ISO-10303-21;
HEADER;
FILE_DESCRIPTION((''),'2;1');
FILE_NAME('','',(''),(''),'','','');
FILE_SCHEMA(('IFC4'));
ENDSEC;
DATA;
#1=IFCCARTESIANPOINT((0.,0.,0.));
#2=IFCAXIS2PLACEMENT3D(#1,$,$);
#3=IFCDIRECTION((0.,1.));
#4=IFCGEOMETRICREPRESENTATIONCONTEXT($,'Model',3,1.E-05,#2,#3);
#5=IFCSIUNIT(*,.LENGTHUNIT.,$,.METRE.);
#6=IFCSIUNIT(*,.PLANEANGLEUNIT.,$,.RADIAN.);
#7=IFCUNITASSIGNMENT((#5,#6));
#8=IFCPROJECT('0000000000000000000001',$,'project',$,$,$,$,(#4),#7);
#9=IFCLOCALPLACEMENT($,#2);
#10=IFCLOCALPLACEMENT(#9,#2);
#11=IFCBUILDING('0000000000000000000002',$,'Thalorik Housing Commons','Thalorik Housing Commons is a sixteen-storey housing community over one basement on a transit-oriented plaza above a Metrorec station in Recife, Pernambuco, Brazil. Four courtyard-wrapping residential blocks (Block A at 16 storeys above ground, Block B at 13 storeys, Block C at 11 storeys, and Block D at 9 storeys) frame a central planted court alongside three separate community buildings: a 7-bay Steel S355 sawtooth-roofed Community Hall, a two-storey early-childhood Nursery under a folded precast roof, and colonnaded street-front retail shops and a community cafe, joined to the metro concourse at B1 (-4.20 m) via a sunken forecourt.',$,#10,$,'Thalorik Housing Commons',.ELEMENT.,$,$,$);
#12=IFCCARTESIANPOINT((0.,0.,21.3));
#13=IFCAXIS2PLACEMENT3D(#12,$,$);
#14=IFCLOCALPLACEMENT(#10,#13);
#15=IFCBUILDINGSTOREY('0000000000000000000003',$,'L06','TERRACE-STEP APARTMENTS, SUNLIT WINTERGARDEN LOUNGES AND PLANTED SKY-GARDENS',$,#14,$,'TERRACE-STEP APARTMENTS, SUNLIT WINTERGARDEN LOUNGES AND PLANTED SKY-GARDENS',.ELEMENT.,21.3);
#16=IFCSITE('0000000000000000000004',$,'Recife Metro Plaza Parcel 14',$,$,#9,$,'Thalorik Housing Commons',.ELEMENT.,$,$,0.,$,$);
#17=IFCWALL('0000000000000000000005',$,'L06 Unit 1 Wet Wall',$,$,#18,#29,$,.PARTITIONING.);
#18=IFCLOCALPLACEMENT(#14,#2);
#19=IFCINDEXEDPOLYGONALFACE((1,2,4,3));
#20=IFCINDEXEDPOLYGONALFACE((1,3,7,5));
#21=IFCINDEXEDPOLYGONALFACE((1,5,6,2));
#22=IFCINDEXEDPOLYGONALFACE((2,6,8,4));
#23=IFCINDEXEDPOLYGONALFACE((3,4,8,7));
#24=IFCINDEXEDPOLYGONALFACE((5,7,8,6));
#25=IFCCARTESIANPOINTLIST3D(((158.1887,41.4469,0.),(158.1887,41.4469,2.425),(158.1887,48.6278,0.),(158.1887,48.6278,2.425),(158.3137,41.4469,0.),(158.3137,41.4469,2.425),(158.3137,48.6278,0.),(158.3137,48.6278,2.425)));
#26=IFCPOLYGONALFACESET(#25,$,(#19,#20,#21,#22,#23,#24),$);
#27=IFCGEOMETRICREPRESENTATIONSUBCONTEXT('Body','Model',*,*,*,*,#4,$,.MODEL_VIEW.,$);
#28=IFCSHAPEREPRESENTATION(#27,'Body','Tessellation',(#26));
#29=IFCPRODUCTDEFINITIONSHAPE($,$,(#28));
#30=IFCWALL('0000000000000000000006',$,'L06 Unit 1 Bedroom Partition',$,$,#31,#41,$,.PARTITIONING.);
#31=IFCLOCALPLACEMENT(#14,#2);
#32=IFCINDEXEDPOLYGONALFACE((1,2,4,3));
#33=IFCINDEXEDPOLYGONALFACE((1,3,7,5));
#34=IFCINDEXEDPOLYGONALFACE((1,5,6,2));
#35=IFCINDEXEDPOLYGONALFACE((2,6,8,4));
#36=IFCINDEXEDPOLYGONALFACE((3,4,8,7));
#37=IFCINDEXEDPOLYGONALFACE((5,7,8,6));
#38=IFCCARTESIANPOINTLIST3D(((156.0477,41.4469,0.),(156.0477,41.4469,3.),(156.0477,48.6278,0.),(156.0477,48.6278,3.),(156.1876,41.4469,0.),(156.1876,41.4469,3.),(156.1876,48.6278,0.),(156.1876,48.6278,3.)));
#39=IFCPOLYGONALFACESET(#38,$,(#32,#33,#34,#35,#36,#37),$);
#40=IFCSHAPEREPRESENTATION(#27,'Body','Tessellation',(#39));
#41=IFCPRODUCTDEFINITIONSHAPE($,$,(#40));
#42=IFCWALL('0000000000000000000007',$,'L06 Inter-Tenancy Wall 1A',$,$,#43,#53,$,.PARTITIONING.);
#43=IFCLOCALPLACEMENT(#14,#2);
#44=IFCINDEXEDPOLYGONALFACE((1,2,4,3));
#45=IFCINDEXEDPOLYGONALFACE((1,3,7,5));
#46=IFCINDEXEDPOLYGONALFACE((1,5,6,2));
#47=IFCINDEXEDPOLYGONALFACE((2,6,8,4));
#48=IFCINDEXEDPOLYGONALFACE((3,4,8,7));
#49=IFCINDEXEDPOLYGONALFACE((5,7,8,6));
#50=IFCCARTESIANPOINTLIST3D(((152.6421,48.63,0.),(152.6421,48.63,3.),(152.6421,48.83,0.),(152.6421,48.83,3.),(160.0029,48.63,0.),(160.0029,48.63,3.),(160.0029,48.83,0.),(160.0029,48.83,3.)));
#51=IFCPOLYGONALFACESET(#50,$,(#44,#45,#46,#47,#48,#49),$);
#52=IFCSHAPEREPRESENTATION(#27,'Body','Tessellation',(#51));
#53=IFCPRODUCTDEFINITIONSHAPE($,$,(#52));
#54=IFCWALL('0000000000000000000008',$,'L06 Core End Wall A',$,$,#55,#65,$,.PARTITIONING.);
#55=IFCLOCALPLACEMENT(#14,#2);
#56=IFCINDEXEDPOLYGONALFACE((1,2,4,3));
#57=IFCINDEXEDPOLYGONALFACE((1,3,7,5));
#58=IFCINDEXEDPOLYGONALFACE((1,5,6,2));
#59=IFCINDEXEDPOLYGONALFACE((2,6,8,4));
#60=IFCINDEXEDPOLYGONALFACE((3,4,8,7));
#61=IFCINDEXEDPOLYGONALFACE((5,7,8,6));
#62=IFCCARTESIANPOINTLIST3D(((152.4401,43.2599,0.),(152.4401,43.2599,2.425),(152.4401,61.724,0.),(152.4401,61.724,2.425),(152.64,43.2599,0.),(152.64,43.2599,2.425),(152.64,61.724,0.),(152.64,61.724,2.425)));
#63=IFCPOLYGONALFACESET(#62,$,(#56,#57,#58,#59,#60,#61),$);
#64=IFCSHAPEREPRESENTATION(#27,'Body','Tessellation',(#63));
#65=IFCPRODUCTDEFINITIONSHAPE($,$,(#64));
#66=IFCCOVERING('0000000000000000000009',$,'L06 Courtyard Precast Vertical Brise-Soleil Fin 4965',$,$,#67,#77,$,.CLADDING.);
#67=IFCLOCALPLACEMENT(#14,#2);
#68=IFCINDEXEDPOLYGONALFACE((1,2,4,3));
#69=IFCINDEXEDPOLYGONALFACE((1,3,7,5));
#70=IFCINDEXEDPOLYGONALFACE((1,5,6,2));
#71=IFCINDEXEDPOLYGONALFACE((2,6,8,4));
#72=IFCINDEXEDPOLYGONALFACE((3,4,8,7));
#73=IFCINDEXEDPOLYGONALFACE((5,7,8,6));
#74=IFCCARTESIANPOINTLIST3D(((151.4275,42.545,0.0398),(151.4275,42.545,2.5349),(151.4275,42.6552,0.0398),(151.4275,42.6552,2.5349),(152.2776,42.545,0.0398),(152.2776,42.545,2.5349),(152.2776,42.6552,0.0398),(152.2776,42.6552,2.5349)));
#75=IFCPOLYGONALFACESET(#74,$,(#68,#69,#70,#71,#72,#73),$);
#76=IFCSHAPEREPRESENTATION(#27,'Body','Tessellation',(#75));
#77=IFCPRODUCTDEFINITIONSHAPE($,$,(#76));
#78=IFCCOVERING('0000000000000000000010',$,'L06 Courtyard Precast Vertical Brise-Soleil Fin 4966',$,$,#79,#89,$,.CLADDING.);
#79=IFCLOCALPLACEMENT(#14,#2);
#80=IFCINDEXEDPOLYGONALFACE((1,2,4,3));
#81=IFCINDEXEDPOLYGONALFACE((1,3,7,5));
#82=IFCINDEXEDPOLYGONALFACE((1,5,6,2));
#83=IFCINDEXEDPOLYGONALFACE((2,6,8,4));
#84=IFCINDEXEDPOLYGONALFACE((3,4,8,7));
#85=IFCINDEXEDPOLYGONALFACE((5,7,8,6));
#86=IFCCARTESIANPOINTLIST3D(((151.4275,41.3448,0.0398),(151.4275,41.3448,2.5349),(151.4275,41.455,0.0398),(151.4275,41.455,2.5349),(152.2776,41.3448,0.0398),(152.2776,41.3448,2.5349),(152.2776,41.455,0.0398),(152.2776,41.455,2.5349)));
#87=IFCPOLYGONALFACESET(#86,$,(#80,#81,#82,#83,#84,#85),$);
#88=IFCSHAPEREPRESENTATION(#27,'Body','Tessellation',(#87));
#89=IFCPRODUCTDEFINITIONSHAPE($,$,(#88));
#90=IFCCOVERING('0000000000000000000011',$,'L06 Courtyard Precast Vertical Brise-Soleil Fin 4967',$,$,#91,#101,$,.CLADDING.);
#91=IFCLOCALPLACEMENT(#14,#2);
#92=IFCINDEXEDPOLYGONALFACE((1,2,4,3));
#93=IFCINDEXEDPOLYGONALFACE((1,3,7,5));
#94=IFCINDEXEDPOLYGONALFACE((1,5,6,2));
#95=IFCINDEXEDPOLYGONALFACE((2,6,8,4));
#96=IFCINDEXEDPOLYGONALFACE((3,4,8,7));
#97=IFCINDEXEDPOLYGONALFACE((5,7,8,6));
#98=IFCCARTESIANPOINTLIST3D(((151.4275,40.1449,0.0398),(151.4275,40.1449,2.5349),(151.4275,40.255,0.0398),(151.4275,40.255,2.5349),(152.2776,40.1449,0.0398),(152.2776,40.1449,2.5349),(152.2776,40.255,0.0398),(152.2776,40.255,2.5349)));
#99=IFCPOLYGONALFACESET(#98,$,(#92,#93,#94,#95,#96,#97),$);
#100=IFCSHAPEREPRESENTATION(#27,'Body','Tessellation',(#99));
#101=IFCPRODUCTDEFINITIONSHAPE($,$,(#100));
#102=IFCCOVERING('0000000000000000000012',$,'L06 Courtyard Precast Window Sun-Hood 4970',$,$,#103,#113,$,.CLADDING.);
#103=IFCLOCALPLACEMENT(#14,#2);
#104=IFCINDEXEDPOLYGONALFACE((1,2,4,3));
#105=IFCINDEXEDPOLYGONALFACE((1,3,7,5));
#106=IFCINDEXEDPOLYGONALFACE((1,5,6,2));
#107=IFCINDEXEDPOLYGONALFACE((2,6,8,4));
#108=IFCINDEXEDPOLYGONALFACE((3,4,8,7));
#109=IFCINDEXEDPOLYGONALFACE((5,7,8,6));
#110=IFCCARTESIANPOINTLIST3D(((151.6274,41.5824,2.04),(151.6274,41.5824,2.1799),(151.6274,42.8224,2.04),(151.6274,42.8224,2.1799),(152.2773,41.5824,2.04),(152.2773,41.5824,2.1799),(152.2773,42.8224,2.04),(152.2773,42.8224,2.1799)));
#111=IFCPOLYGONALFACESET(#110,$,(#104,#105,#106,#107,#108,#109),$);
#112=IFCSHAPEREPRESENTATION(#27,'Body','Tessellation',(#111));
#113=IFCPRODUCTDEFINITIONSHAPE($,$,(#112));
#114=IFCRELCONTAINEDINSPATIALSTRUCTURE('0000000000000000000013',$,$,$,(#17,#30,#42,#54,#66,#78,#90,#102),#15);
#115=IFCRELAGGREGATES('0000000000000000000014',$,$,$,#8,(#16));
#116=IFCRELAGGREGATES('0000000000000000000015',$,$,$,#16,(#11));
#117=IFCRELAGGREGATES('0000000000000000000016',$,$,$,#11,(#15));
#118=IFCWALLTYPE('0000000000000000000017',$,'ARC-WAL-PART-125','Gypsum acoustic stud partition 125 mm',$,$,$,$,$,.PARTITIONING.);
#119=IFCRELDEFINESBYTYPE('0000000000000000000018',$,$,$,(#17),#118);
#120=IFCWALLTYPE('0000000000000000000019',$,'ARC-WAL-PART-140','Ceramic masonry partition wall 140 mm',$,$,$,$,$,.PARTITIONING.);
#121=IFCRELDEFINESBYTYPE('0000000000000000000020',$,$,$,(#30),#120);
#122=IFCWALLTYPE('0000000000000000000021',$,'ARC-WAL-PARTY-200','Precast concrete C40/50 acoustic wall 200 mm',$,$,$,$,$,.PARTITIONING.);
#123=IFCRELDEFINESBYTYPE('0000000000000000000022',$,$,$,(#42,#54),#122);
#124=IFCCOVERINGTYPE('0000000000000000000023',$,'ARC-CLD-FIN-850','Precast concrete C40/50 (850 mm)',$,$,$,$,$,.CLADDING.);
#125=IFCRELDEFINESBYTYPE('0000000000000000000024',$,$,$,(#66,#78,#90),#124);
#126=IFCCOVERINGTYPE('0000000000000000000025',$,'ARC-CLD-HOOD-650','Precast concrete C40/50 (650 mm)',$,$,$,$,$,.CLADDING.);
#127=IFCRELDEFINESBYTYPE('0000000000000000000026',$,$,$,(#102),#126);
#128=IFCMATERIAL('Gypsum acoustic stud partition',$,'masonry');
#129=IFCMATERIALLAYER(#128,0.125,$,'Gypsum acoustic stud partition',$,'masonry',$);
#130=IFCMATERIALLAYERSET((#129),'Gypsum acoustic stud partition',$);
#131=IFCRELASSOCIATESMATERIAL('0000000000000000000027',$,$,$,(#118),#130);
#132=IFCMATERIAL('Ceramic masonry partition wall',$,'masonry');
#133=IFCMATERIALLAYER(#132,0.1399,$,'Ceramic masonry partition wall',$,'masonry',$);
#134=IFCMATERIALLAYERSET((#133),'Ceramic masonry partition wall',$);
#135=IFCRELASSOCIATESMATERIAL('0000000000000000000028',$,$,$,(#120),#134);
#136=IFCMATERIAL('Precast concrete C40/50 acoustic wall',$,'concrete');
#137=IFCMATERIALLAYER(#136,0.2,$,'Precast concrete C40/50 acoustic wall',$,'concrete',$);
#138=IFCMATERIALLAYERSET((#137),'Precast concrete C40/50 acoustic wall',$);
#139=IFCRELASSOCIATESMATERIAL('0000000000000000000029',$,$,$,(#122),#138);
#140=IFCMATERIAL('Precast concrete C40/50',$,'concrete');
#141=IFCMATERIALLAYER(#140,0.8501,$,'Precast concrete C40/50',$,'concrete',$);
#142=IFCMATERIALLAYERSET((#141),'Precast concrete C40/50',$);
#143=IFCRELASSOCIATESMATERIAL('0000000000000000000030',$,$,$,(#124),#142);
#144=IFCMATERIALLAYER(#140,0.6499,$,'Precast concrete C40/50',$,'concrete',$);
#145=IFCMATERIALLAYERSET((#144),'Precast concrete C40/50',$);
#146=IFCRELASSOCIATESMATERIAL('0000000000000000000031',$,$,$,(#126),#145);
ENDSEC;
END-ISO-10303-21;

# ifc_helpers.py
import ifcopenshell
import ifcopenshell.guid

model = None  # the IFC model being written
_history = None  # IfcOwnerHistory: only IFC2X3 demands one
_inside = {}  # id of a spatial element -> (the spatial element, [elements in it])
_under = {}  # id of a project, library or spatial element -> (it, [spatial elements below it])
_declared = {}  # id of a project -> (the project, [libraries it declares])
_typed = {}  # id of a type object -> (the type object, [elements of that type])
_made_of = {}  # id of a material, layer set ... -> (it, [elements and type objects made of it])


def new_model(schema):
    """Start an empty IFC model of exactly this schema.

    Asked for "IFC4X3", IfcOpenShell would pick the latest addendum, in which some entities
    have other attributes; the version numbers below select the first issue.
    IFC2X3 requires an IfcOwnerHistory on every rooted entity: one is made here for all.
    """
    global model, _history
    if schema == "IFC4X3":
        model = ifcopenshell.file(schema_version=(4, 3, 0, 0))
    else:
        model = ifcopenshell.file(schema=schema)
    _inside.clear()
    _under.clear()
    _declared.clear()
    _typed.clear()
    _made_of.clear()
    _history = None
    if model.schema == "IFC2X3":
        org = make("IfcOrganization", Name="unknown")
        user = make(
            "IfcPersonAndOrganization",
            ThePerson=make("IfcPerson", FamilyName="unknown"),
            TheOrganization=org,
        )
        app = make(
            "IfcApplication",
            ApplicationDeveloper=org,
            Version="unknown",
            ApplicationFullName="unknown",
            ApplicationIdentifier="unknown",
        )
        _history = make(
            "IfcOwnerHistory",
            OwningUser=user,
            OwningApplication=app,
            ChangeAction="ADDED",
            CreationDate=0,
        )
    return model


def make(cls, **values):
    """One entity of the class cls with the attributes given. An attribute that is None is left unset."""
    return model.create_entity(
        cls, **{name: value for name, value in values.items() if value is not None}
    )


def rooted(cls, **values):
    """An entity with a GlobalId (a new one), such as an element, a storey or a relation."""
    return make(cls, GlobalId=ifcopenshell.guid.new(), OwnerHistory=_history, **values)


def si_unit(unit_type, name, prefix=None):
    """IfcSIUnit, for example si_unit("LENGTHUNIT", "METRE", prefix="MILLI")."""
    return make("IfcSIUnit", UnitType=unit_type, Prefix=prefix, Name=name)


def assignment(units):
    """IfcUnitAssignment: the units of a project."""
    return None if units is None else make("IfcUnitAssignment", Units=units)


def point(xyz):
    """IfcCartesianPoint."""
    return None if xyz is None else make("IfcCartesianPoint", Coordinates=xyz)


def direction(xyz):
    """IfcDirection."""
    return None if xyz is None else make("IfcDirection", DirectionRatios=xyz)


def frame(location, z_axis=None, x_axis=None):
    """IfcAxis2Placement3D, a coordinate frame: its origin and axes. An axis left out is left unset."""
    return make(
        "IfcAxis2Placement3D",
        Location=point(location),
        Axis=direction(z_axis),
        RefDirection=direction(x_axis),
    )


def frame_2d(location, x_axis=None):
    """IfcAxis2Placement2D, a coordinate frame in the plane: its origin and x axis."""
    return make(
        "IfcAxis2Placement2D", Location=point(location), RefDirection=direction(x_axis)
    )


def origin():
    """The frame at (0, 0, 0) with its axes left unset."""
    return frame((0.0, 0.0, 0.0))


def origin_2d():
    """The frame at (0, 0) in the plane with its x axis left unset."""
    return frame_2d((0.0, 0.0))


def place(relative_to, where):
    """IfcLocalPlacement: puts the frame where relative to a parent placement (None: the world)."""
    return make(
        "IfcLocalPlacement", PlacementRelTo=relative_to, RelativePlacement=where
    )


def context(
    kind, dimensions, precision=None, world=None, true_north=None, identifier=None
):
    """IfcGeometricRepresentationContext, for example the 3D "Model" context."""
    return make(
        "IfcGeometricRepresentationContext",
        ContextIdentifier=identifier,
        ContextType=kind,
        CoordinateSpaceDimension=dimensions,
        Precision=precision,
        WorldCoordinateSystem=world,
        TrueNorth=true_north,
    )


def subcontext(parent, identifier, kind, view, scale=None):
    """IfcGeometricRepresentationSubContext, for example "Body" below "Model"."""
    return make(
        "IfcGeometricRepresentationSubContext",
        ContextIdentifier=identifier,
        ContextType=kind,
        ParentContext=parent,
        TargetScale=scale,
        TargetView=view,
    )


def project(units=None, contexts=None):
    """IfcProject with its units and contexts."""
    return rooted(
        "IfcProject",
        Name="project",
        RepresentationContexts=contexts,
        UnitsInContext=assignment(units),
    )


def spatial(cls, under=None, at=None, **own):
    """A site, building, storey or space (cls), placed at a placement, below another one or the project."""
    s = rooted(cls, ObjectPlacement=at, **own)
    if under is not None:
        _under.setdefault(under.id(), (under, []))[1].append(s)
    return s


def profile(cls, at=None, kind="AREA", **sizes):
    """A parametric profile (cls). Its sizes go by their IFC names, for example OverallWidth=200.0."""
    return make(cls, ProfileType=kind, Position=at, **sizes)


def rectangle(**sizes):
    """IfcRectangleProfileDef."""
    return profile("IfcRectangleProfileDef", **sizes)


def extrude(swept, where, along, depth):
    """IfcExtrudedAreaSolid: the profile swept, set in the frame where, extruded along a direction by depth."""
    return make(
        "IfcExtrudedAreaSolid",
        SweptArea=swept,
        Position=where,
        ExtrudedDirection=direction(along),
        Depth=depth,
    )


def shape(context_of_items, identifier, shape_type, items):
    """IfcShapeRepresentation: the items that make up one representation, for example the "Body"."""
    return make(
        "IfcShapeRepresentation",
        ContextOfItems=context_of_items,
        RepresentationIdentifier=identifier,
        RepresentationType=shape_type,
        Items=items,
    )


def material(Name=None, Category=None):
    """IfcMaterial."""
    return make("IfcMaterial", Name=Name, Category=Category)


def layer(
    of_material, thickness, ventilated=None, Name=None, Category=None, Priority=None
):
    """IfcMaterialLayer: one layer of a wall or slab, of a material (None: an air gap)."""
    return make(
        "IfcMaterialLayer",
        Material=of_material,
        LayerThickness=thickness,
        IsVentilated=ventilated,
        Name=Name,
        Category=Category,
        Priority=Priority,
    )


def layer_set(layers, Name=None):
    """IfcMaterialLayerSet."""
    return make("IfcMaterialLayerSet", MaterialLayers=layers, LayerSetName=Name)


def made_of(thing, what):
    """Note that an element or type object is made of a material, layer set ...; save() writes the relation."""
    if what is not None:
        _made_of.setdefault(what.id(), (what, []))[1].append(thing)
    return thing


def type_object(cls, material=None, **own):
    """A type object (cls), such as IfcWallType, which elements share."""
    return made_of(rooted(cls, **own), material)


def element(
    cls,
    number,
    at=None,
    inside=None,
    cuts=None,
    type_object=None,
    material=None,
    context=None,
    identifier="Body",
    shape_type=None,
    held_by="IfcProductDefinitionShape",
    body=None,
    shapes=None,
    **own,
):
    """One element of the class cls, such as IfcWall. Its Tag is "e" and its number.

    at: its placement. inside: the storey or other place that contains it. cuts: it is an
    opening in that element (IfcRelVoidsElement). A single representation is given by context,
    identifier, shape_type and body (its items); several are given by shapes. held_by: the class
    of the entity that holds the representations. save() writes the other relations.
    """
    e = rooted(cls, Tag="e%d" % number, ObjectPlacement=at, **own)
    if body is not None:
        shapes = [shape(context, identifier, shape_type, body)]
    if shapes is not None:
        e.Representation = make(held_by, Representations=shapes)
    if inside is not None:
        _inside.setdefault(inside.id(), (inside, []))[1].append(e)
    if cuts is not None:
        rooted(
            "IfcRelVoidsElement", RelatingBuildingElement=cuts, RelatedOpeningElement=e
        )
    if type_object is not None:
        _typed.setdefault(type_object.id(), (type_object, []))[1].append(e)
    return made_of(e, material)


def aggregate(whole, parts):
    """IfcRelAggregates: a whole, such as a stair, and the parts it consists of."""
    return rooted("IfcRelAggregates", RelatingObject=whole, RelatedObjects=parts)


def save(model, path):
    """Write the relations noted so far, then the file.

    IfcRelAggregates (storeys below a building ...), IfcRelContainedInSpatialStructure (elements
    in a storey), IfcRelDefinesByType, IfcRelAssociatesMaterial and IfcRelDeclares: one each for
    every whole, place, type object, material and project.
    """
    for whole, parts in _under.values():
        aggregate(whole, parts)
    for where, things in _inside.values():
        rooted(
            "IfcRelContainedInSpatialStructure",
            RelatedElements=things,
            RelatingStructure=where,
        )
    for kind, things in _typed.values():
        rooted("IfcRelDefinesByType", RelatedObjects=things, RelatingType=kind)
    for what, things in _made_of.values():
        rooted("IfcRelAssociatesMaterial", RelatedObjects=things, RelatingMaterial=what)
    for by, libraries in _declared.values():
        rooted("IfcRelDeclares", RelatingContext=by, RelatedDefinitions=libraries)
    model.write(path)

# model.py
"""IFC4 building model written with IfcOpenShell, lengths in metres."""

from ifc_helpers import new_model, si_unit, direction, frame, frame_2d, origin, origin_2d, place, context, subcontext, project, spatial, rectangle, extrude, material, layer, layer_set, type_object, element, save


model = new_model("IFC4")

# Units and contexts
model_context = context("Model", 3, precision=1e-05, world=origin(), true_north=direction((0.0, 1.0)))
body_context = subcontext(model_context, "Body", "Model", "MODEL_VIEW")
ifc_project = project(units=[si_unit("LENGTHUNIT", "METRE"), si_unit("PLANEANGLEUNIT", "RADIAN")], contexts=[model_context])

# Site, building, storey
site_placement = place(None, origin())
site = spatial("IfcSite", under=ifc_project, at=site_placement, Name="Recife Metro Plaza Parcel 14", LongName="Thalorik Housing Commons", CompositionType="ELEMENT", RefElevation=0.0)
building_placement = place(site_placement, origin())
building = spatial("IfcBuilding", under=site, at=building_placement, Name="Thalorik Housing Commons", Description="Thalorik Housing Commons is a sixteen-storey housing community over one basement on a transit-oriented plaza above a Metrorec station in Recife, Pernambuco, Brazil. Four courtyard-wrapping residential blocks (Block A at 16 storeys above ground, Block B at 13 storeys, Block C at 11 storeys, and Block D at 9 storeys) frame a central planted court alongside three separate community buildings: a 7-bay Steel S355 sawtooth-roofed Community Hall, a two-storey early-childhood Nursery under a folded precast roof, and colonnaded street-front retail shops and a community cafe, joined to the metro concourse at B1 (-4.20 m) via a sunken forecourt.", LongName="Thalorik Housing Commons", CompositionType="ELEMENT")
storey_placement = place(building_placement, frame((0.0, 0.0, 21.3)))
storey = spatial("IfcBuildingStorey", under=building, at=storey_placement, Name="L06", Description="TERRACE-STEP APARTMENTS, SUNLIT WINTERGARDEN LOUNGES AND PLANTED SKY-GARDENS", LongName="TERRACE-STEP APARTMENTS, SUNLIT WINTERGARDEN LOUNGES AND PLANTED SKY-GARDENS", CompositionType="ELEMENT", Elevation=21.3)

# Shared definitions
ifc_material_1 = material(Name="Precast concrete C40/50", Category="concrete")

# Walls
ifc_material_2 = material(Name="Gypsum acoustic stud partition", Category="masonry")
ifc_layer_1 = layer(ifc_material_2, 0.125, Name="Gypsum acoustic stud partition", Category="masonry")
ifc_layer_set_1 = layer_set([ifc_layer_1], Name="Gypsum acoustic stud partition")
wall_type_1 = type_object("IfcWallType", Name="ARC-WAL-PART-125", Description="Gypsum acoustic stud partition 125 mm", PredefinedType="PARTITIONING", material=ifc_layer_set_1)
wall_1_placement = place(storey_placement, frame((158.2512, 41.447, 0.0), z_axis=(0.0, 0.0, 1.0), x_axis=(0.0, 1.0, 0.0)))
element("IfcWall", 1, at=wall_1_placement, inside=storey, type_object=wall_type_1, Name="L06 Unit 1 Wet Wall", PredefinedType="PARTITIONING", context=body_context, shape_type="SweptSolid", body=[
    extrude(rectangle(XDim=7.1809, YDim=0.125, at=frame_2d((3.5903, 0.0))), origin(), (0.0, 0.0, 1.0), 2.425),
])
ifc_material_3 = material(Name="Ceramic masonry partition wall", Category="masonry")
ifc_layer_2 = layer(ifc_material_3, 0.1399, Name="Ceramic masonry partition wall", Category="masonry")
ifc_layer_set_2 = layer_set([ifc_layer_2], Name="Ceramic masonry partition wall")
wall_type_2 = type_object("IfcWallType", Name="ARC-WAL-PART-140", Description="Ceramic masonry partition wall 140 mm", PredefinedType="PARTITIONING", material=ifc_layer_set_2)
wall_2_placement = place(storey_placement, frame((156.1177, 41.447, 0.0), z_axis=(0.0, 0.0, 1.0), x_axis=(0.0, 1.0, 0.0)))
element("IfcWall", 2, at=wall_2_placement, inside=storey, type_object=wall_type_2, Name="L06 Unit 1 Bedroom Partition", PredefinedType="PARTITIONING", context=body_context, shape_type="SweptSolid", body=[
    extrude(rectangle(XDim=7.1809, YDim=0.1399, at=frame_2d((3.5903, 0.0))), origin(), (0.0, 0.0, 1.0), 3.0),
])
ifc_material_4 = material(Name="Precast concrete C40/50 acoustic wall", Category="concrete")
ifc_layer_3 = layer(ifc_material_4, 0.2, Name="Precast concrete C40/50 acoustic wall", Category="concrete")
ifc_layer_set_3 = layer_set([ifc_layer_3], Name="Precast concrete C40/50 acoustic wall")
wall_type_3 = type_object("IfcWallType", Name="ARC-WAL-PARTY-200", Description="Precast concrete C40/50 acoustic wall 200 mm", PredefinedType="PARTITIONING", material=ifc_layer_set_3)
wall_3_placement = place(storey_placement, frame((152.6421, 48.73, 0.0), z_axis=(0.0, 0.0, 1.0), x_axis=(1.0, 0.0, 0.0)))
element("IfcWall", 3, at=wall_3_placement, inside=storey, type_object=wall_type_3, Name="L06 Inter-Tenancy Wall 1A", PredefinedType="PARTITIONING", context=body_context, shape_type="SweptSolid", body=[
    extrude(rectangle(XDim=7.3608, YDim=0.2, at=frame_2d((3.6804, 0.0))), origin(), (0.0, 0.0, 1.0), 3.0),
])
wall_4_placement = place(storey_placement, frame((152.54, 43.26, 0.0), z_axis=(0.0, 0.0, 1.0), x_axis=(0.0, 1.0, 0.0)))
element("IfcWall", 4, at=wall_4_placement, inside=storey, type_object=wall_type_3, Name="L06 Core End Wall A", PredefinedType="PARTITIONING", context=body_context, shape_type="SweptSolid", body=[
    extrude(rectangle(XDim=18.4641, YDim=0.2, at=frame_2d((9.2319, 0.0))), origin(), (0.0, 0.0, 1.0), 2.425),
])

# Coverings
ifc_layer_4 = layer(ifc_material_1, 0.8501, Name="Precast concrete C40/50", Category="concrete")
ifc_layer_set_4 = layer_set([ifc_layer_4], Name="Precast concrete C40/50")
covering_type_1 = type_object("IfcCoveringType", Name="ARC-CLD-FIN-850", Description="Precast concrete C40/50 (850 mm)", PredefinedType="CLADDING", material=ifc_layer_set_4)
for number, where, z_axis, x_axis, name in (
    (5, (151.8525, 42.6001, 0.0398), (0.0, 0.0, 1.0), (0.0, -1.0, 0.0), "L06 Courtyard Precast Vertical Brise-Soleil Fin 4965"),
    (6, (151.8525, 41.3999, 0.0398), (0.0, 0.0, 1.0), (0.0, -1.0, 0.0), "L06 Courtyard Precast Vertical Brise-Soleil Fin 4966"),
    (7, (151.8525, 40.2, 0.0398), (0.0, 0.0, 1.0), (0.0, -1.0, 0.0), "L06 Courtyard Precast Vertical Brise-Soleil Fin 4967"),
):
    element("IfcCovering", number, at=place(storey_placement, frame(where, z_axis=z_axis, x_axis=x_axis)), inside=storey, type_object=covering_type_1, Name=name, PredefinedType="CLADDING", context=body_context, shape_type="SweptSolid", body=[
        extrude(rectangle(XDim=0.1101, YDim=0.8501, at=origin_2d()), origin(), (0.0, 0.0, 1.0), 2.4951),
    ])
ifc_layer_5 = layer(ifc_material_1, 0.6499, Name="Precast concrete C40/50", Category="concrete")
ifc_layer_set_5 = layer_set([ifc_layer_5], Name="Precast concrete C40/50")
covering_type_2 = type_object("IfcCoveringType", Name="ARC-CLD-HOOD-650", Description="Precast concrete C40/50 (650 mm)", PredefinedType="CLADDING", material=ifc_layer_set_5)
covering_placement = place(storey_placement, frame((151.9524, 42.2024, 2.04), z_axis=(0.0, 0.0, 1.0), x_axis=(0.0, -1.0, 0.0)))
element("IfcCovering", 8, at=covering_placement, inside=storey, type_object=covering_type_2, Name="L06 Courtyard Precast Window Sun-Hood 4970", PredefinedType="CLADDING", context=body_context, shape_type="SweptSolid", body=[
    extrude(rectangle(XDim=1.24, YDim=0.6499, at=origin_2d()), origin(), (0.0, 0.0, 1.0), 0.1399),
])

save(model, "model.ifc")
